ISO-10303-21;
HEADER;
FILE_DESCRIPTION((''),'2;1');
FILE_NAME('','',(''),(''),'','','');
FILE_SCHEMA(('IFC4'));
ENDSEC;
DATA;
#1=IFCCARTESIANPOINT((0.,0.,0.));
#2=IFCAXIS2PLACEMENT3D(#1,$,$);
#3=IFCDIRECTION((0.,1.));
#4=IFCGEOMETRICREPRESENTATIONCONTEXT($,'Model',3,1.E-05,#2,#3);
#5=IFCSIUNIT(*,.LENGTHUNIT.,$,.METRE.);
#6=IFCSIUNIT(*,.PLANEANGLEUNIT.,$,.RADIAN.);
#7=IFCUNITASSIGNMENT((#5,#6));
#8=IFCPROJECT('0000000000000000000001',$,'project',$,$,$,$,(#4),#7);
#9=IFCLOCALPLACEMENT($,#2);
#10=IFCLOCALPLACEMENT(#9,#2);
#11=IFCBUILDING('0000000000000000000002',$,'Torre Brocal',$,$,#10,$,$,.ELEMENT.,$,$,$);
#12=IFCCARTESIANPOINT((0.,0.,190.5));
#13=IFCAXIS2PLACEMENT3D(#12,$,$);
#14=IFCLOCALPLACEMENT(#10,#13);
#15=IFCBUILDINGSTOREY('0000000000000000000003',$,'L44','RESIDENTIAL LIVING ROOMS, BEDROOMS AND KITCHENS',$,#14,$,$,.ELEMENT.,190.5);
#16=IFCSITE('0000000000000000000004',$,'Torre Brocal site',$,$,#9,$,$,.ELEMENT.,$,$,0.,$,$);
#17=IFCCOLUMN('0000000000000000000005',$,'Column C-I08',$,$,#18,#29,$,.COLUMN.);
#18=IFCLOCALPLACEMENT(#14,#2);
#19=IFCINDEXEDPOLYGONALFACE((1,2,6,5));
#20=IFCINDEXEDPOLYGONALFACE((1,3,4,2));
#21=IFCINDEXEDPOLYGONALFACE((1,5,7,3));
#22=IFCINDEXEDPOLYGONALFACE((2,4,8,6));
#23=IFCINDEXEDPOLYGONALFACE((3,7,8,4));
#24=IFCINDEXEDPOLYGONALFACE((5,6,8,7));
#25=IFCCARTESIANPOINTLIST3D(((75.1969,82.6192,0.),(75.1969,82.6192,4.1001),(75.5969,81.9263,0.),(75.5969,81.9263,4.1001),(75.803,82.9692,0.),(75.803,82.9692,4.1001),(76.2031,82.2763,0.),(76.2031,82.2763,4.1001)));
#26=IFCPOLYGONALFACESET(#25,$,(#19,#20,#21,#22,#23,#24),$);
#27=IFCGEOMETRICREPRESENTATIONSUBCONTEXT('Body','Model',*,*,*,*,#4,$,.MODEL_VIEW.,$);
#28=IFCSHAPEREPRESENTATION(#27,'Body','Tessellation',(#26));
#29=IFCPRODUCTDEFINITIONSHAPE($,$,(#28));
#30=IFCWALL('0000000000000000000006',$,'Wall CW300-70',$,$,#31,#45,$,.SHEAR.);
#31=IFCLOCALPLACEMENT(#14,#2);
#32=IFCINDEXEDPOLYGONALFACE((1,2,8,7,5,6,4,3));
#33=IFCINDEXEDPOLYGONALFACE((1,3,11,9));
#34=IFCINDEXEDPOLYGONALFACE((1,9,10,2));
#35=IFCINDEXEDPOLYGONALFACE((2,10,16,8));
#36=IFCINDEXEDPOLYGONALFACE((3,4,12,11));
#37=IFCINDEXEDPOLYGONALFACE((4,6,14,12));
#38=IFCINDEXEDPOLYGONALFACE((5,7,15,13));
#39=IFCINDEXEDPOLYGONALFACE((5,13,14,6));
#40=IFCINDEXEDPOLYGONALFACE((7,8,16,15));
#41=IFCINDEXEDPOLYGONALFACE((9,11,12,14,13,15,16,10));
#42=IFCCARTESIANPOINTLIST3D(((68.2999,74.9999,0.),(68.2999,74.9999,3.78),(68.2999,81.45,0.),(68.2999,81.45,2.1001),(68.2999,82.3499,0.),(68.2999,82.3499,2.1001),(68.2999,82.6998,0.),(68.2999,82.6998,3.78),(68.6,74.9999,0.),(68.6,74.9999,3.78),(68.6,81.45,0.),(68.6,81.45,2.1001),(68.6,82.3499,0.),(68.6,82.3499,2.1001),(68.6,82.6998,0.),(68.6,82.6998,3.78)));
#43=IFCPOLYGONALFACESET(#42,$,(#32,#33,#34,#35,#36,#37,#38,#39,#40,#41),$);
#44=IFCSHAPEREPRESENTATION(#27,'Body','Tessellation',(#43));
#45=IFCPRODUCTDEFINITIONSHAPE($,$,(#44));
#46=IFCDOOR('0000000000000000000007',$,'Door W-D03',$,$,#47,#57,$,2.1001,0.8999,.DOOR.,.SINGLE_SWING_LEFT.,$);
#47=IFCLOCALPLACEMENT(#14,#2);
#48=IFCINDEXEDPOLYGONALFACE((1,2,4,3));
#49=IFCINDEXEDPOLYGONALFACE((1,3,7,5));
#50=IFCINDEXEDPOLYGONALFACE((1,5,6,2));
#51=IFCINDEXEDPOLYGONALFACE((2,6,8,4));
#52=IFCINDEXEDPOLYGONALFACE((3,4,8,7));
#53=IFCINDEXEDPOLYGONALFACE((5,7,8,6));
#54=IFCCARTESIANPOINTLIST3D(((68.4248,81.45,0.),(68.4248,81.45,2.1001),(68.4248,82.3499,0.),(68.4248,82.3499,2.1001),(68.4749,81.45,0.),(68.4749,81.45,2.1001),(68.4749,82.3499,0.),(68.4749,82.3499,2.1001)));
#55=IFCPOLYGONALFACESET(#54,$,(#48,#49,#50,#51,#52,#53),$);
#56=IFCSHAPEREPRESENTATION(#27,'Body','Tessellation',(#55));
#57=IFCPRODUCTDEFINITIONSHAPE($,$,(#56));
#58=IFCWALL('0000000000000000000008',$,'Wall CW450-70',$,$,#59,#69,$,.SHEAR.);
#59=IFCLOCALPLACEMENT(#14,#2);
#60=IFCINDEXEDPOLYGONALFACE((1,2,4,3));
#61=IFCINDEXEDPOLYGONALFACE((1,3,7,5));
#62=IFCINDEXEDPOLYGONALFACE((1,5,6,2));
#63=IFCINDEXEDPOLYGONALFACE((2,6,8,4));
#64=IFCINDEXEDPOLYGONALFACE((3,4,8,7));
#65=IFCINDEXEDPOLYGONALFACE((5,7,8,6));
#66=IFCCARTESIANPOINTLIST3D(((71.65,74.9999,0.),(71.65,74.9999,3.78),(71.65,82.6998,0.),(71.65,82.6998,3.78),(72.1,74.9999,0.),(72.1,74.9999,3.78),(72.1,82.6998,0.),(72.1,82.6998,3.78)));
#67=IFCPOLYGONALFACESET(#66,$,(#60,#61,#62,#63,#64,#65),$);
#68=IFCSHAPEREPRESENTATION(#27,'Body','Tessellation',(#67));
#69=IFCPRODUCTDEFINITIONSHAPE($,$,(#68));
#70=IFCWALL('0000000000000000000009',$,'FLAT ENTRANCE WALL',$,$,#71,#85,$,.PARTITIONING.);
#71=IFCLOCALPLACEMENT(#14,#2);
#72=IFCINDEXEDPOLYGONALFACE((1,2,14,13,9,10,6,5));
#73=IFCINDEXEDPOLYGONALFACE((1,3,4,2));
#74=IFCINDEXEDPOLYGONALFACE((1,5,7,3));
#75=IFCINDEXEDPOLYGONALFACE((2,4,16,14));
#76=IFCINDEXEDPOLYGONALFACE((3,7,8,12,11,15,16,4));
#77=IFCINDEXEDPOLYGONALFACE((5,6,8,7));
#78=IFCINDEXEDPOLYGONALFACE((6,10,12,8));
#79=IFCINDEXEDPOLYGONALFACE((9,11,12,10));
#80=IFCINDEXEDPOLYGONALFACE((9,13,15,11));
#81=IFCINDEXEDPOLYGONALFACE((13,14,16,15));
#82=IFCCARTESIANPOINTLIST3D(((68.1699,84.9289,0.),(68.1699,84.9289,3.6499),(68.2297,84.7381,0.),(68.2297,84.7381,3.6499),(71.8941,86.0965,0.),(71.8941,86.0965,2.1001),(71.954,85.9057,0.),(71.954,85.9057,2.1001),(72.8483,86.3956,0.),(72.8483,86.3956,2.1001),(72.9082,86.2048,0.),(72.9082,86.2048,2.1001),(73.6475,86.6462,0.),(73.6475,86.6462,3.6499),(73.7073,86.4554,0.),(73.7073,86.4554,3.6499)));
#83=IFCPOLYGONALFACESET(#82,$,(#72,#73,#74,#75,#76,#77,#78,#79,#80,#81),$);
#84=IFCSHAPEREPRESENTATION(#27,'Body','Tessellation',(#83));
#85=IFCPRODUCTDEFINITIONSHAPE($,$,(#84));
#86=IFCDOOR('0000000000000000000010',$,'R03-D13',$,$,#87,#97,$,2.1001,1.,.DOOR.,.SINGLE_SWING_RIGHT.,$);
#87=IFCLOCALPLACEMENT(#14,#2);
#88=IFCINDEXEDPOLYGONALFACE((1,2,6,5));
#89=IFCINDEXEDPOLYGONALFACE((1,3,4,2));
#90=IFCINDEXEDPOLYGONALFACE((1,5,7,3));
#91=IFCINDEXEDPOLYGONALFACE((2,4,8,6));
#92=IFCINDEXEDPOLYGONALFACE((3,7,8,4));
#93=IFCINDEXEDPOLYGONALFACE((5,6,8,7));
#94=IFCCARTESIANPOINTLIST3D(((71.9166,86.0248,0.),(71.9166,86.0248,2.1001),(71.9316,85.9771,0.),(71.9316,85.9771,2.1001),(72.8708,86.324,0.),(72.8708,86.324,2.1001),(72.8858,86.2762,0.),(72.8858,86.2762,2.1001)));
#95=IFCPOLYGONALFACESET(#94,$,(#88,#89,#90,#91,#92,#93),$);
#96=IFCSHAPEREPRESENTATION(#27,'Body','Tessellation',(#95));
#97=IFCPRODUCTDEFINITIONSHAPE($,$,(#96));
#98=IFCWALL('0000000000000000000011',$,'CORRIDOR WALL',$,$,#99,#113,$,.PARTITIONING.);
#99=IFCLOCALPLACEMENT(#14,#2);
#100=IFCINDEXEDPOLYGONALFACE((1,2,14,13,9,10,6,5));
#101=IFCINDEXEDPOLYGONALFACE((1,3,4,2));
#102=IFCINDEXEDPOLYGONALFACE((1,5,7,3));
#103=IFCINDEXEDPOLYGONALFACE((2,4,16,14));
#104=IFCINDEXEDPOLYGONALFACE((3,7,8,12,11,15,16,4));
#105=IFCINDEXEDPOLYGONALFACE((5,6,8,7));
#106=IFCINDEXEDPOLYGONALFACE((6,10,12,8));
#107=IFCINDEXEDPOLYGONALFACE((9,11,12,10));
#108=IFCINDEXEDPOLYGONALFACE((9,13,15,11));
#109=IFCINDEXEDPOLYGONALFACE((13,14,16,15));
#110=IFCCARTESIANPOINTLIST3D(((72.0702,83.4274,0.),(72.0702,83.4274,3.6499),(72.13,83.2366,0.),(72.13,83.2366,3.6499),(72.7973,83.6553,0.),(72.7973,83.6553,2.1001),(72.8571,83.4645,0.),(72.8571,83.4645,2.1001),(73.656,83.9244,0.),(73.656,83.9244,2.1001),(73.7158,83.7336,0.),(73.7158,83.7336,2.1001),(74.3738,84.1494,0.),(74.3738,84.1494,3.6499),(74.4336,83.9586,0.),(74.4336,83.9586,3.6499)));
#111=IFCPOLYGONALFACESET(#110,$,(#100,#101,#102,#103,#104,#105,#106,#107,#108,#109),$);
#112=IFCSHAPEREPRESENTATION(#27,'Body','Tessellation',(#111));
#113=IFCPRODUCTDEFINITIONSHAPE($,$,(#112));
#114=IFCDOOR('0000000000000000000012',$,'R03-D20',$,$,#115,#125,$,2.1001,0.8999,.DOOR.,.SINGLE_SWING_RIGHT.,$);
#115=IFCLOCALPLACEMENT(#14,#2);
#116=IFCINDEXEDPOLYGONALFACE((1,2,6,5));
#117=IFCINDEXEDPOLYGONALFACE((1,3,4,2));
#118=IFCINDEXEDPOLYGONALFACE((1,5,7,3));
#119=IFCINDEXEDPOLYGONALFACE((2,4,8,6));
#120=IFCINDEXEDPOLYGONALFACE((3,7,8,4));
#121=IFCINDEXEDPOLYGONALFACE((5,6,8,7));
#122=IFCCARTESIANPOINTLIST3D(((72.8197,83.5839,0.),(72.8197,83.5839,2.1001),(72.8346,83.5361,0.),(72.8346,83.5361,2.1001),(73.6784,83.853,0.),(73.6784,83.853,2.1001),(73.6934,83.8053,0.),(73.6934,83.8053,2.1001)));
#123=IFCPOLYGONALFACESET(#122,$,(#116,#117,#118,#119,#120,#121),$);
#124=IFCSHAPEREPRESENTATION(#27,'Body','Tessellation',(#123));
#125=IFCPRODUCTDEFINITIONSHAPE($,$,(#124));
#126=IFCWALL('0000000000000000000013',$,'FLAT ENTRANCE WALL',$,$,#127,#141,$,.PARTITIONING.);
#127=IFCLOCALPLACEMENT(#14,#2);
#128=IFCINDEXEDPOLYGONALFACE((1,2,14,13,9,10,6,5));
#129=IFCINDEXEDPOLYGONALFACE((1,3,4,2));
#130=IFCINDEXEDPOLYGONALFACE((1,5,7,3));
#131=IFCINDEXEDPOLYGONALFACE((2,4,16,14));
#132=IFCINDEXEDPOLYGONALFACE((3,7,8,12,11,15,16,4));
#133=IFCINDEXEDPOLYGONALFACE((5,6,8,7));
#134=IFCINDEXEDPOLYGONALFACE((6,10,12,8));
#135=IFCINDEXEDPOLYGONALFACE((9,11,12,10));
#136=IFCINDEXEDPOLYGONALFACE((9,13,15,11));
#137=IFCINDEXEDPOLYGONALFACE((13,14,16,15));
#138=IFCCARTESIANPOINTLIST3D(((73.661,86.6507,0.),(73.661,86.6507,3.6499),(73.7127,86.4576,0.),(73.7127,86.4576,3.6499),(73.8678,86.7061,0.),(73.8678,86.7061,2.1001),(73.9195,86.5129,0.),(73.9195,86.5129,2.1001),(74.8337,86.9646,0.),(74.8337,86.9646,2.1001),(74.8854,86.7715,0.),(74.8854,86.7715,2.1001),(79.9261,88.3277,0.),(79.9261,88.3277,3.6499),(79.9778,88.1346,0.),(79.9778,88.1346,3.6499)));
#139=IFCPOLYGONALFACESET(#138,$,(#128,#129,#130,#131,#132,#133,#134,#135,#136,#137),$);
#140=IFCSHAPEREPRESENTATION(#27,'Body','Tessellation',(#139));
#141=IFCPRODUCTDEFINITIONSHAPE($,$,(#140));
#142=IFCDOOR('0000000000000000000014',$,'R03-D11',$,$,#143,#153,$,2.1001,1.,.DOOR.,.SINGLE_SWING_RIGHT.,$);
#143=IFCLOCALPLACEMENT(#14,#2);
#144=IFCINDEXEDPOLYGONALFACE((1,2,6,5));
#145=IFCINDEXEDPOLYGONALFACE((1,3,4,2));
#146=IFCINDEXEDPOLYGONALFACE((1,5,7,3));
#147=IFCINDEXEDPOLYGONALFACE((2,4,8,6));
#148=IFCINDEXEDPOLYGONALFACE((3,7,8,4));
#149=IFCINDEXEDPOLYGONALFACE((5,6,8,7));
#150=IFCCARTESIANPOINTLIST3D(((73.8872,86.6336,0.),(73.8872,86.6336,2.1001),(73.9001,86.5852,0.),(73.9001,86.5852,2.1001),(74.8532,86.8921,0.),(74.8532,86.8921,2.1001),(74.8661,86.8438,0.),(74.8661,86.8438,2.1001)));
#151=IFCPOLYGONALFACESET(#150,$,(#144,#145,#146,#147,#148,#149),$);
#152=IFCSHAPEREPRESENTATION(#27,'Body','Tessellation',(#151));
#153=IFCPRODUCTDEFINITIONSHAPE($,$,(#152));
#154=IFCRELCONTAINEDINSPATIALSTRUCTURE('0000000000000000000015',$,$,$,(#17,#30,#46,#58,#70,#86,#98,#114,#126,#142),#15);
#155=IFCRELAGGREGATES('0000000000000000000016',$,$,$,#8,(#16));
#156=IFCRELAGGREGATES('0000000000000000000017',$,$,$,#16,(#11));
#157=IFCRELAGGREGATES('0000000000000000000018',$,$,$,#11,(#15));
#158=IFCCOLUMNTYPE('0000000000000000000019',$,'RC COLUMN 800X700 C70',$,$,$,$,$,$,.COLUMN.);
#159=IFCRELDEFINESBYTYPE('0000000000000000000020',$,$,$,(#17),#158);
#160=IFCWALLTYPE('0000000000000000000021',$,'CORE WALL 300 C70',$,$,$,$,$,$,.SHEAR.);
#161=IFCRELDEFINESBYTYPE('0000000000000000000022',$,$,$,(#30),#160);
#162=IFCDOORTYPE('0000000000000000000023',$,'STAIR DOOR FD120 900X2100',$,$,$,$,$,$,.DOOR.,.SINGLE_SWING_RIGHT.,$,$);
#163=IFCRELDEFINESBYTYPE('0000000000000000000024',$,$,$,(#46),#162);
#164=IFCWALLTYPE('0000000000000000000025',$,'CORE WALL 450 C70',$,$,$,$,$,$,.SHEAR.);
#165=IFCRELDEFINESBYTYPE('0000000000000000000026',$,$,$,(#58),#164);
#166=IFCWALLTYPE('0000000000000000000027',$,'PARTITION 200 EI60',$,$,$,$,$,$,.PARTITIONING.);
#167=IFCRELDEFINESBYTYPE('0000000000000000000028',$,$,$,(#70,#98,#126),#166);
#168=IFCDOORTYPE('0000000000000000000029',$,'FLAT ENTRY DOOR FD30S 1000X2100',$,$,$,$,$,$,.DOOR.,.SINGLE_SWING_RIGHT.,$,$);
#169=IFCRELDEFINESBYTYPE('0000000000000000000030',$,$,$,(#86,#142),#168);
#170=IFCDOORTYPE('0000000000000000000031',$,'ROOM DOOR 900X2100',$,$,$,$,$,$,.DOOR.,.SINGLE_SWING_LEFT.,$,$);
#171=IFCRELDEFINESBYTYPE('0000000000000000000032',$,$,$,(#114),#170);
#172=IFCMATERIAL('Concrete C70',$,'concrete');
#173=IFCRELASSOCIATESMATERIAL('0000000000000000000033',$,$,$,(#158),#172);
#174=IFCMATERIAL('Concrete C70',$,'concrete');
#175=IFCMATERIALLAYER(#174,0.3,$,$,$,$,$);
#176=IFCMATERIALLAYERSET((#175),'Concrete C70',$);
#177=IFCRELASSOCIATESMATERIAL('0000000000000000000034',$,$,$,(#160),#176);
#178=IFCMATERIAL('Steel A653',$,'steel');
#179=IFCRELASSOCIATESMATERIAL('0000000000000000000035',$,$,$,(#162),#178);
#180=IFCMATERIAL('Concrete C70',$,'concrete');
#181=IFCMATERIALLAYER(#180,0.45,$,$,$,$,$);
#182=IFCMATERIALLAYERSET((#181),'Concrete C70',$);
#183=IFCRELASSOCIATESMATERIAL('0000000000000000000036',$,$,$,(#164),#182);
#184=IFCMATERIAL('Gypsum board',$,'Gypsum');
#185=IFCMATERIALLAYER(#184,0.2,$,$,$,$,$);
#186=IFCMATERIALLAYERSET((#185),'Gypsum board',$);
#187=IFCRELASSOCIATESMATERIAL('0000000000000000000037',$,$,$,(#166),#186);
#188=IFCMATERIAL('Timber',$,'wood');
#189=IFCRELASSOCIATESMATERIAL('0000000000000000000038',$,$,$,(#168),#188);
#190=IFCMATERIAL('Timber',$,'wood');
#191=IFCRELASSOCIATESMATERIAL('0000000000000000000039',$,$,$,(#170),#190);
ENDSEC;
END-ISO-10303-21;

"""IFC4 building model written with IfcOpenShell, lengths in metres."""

from ifc_helpers import new_model, si_unit, direction, frame, frame_2d, origin, origin_2d, place, context, subcontext, project, spatial, rectangle, extrude, material, layer, layer_set, material_profile, profile_set, type_object, element, fill, save


model = new_model("IFC4")

# Units and contexts
model_context = context("Model", 3, precision=1e-05, world=origin(), true_north=direction((0.0, 1.0)))
body_context = subcontext(model_context, "Body", "Model", "MODEL_VIEW")
ifc_project = project(units=[si_unit("LENGTHUNIT", "METRE"), si_unit("PLANEANGLEUNIT", "RADIAN")], contexts=[model_context])

# Site, building, storey
site_placement = place(None, origin())
site = spatial("IfcSite", under=ifc_project, at=site_placement, Name="Torre Brocal site", CompositionType="ELEMENT", RefElevation=0.0)
building_placement = place(site_placement, origin())
building = spatial("IfcBuilding", under=site, at=building_placement, Name="Torre Brocal", CompositionType="ELEMENT")
storey_placement = place(building_placement, frame((0.0, 0.0, 190.5)))
storey = spatial("IfcBuildingStorey", under=building, at=storey_placement, Name="L44", Description="RESIDENTIAL LIVING ROOMS, BEDROOMS AND KITCHENS", CompositionType="ELEMENT", Elevation=190.5)

# Column
ifc_material_1 = material(Name="Concrete C70", Category="concrete")
ifc_material_profile = material_profile(ifc_material_1, rectangle(XDim=0.8, YDim=0.7, at=origin_2d()), Name="RC 800X700")
ifc_profile_set = profile_set([ifc_material_profile], Name="Concrete C70")
column_type = type_object("IfcColumnType", Name="RC COLUMN 800X700 C70", PredefinedType="COLUMN", material=ifc_profile_set)
column_placement = place(storey_placement, frame((75.7, 82.4478, 0.0), z_axis=(0.0, 0.0, 1.0), x_axis=(-0.5, 0.866025, 0.0)))
element("IfcColumn", 1, at=column_placement, inside=storey, type_object=column_type, Name="Column C-I08", PredefinedType="COLUMN", context=body_context, shape_type="SweptSolid", body=[
    extrude(rectangle(XDim=0.8, YDim=0.7, at=origin_2d()), origin(), (0.0, 0.0, 1.0), 4.1001),
])

# Wall, opening, door
ifc_material_2 = material(Name="Concrete C70", Category="concrete")
ifc_layer_1 = layer(ifc_material_2, 0.3)
ifc_layer_set_1 = layer_set([ifc_layer_1], Name="Concrete C70")
wall_type_1 = type_object("IfcWallType", Name="CORE WALL 300 C70", PredefinedType="SHEAR", material=ifc_layer_set_1)
wall_1_placement = place(storey_placement, frame((68.45, 82.7, 0.0), z_axis=(0.0, 0.0, 1.0), x_axis=(0.0, -1.0, 0.0)))
wall_1 = element("IfcWall", 2, at=wall_1_placement, inside=storey, type_object=wall_type_1, Name="Wall CW300-70", PredefinedType="SHEAR", context=body_context, shape_type="SweptSolid", body=[
    extrude(rectangle(XDim=7.7, YDim=0.3, at=frame_2d((3.8501, 0.0))), origin(), (0.0, 0.0, 1.0), 3.78),
])
opening_1_placement = place(wall_1_placement, frame((0.3501, 0.0, 0.0)))
opening_1 = element("IfcOpeningElement", 3, at=opening_1_placement, cuts=wall_1, PredefinedType="OPENING", context=body_context, shape_type="SweptSolid", body=[
    extrude(rectangle(XDim=0.8999, YDim=2.1001, at=frame_2d((0.45, 1.05))), frame((0.0, 0.1599, 0.0), z_axis=(0.0, -1.0, 0.0), x_axis=(1.0, 0.0, 0.0)), (0.0, 0.0, 1.0), 0.3201),
])
ifc_material_3 = material(Name="Steel A653", Category="steel")
door_type_1 = type_object("IfcDoorType", Name="STAIR DOOR FD120 900X2100", OperationType="SINGLE_SWING_RIGHT", PredefinedType="DOOR", material=ifc_material_3)
door_1_placement = place(opening_1_placement, origin())
door_1 = element("IfcDoor", 4, at=door_1_placement, inside=storey, type_object=door_type_1, Name="Door W-D03", OperationType="SINGLE_SWING_LEFT", OverallHeight=2.1001, OverallWidth=0.8999, PredefinedType="DOOR", context=body_context, shape_type="SweptSolid", body=[
    extrude(rectangle(XDim=0.8999, YDim=2.1001, at=frame_2d((0.45, 1.05))), frame((0.0, 0.0249, 0.0), z_axis=(0.0, -1.0, 0.0), x_axis=(1.0, 0.0, 0.0)), (0.0, 0.0, 1.0), 0.05),
])
fill(opening_1, door_1)

# Wall
ifc_material_4 = material(Name="Concrete C70", Category="concrete")
ifc_layer_2 = layer(ifc_material_4, 0.45)
ifc_layer_set_2 = layer_set([ifc_layer_2], Name="Concrete C70")
wall_type_2 = type_object("IfcWallType", Name="CORE WALL 450 C70", PredefinedType="SHEAR", material=ifc_layer_set_2)
wall_2_placement = place(storey_placement, frame((71.875, 82.7, 0.0), z_axis=(0.0, 0.0, 1.0), x_axis=(0.0, -1.0, 0.0)))
element("IfcWall", 5, at=wall_2_placement, inside=storey, type_object=wall_type_2, Name="Wall CW450-70", PredefinedType="SHEAR", context=body_context, shape_type="SweptSolid", body=[
    extrude(rectangle(XDim=7.7, YDim=0.45, at=frame_2d((3.8501, 0.0))), origin(), (0.0, 0.0, 1.0), 3.78),
])

# Walls, openings, doors
ifc_material_5 = material(Name="Gypsum board", Category="Gypsum")
ifc_layer_3 = layer(ifc_material_5, 0.2)
ifc_layer_set_3 = layer_set([ifc_layer_3], Name="Gypsum board")
wall_type_3 = type_object("IfcWallType", Name="PARTITION 200 EI60", PredefinedType="PARTITIONING", material=ifc_layer_set_3)
wall_3_placement = place(storey_placement, frame((68.2, 84.8335, 0.0), z_axis=(0.0, 0.0, 1.0), x_axis=(0.954204, 0.299156, 0.0)))
wall_3 = element("IfcWall", 6, at=wall_3_placement, inside=storey, type_object=wall_type_3, Name="FLAT ENTRANCE WALL", PredefinedType="PARTITIONING", context=body_context, shape_type="SweptSolid", body=[
    extrude(rectangle(XDim=5.7405, YDim=0.2, at=frame_2d((2.8701, 0.0))), origin(), (0.0, 0.0, 1.0), 3.6499),
])
opening_2_placement = place(wall_3_placement, frame((3.9028, 0.0, 0.0)))
opening_2 = element("IfcOpeningElement", 7, at=opening_2_placement, cuts=wall_3, PredefinedType="OPENING", context=body_context, shape_type="SweptSolid", body=[
    extrude(rectangle(XDim=1.0, YDim=2.1001, at=frame_2d((0.5, 1.05))), frame((0.0, 0.1099, 0.0), z_axis=(0.0, -1.0, 0.0), x_axis=(1.0, 0.0, 0.0)), (0.0, 0.0, 1.0), 0.22),
])
ifc_material_6 = material(Name="Timber", Category="wood")
door_type_2 = type_object("IfcDoorType", Name="FLAT ENTRY DOOR FD30S 1000X2100", OperationType="SINGLE_SWING_RIGHT", PredefinedType="DOOR", material=ifc_material_6)
door_2_placement = place(opening_2_placement, origin())
door_2 = element("IfcDoor", 8, at=door_2_placement, inside=storey, type_object=door_type_2, Name="R03-D13", OperationType="SINGLE_SWING_RIGHT", OverallHeight=2.1001, OverallWidth=1.0, PredefinedType="DOOR", context=body_context, shape_type="SweptSolid", body=[
    extrude(rectangle(XDim=1.0, YDim=2.1001, at=frame_2d((0.5, 1.05))), frame((0.0, 0.0249, 0.0), z_axis=(0.0, -1.0, 0.0), x_axis=(1.0, 0.0, 0.0)), (0.0, 0.0, 1.0), 0.05),
])
fill(opening_2, door_2)
wall_4_placement = place(storey_placement, frame((72.1001, 83.332, 0.0), z_axis=(0.0, 0.0, 1.0), x_axis=(0.954233, 0.299064, 0.0)))
wall_4 = element("IfcWall", 9, at=wall_4_placement, inside=storey, type_object=wall_type_3, Name="CORRIDOR WALL", PredefinedType="PARTITIONING", context=body_context, shape_type="SweptSolid", body=[
    extrude(rectangle(XDim=2.4141, YDim=0.2, at=frame_2d((1.207, 0.0))), origin(), (0.0, 0.0, 1.0), 3.6499),
])
opening_3_placement = place(wall_4_placement, frame((0.762, 0.0, 0.0)))
opening_3 = element("IfcOpeningElement", 10, at=opening_3_placement, cuts=wall_4, PredefinedType="OPENING", context=body_context, shape_type="SweptSolid", body=[
    extrude(rectangle(XDim=0.8999, YDim=2.1001, at=frame_2d((0.45, 1.05))), frame((0.0, 0.1099, 0.0), z_axis=(0.0, -1.0, 0.0), x_axis=(1.0, 0.0, 0.0)), (0.0, 0.0, 1.0), 0.22),
])
ifc_material_7 = material(Name="Timber", Category="wood")
door_type_3 = type_object("IfcDoorType", Name="ROOM DOOR 900X2100", OperationType="SINGLE_SWING_LEFT", PredefinedType="DOOR", material=ifc_material_7)
door_3_placement = place(opening_3_placement, frame((0.8999, 0.0, 0.0), z_axis=(0.0, 0.0, 1.0), x_axis=(-1.0, 0.0, 0.0)))
door_3 = element("IfcDoor", 11, at=door_3_placement, inside=storey, type_object=door_type_3, Name="R03-D20", OperationType="SINGLE_SWING_RIGHT", OverallHeight=2.1001, OverallWidth=0.8999, PredefinedType="DOOR", context=body_context, shape_type="SweptSolid", body=[
    extrude(rectangle(XDim=0.8999, YDim=2.1001, at=frame_2d((0.45, 1.05))), frame((0.0, 0.0249, 0.0), z_axis=(0.0, -1.0, 0.0), x_axis=(1.0, 0.0, 0.0)), (0.0, 0.0, 1.0), 0.05),
])
fill(opening_3, door_3)
wall_5_placement = place(storey_placement, frame((73.687, 86.5542, 0.0), z_axis=(0.0, 0.0, 1.0), x_axis=(0.965993, 0.258569, 0.0)))
wall_5 = element("IfcWall", 12, at=wall_5_placement, inside=storey, type_object=wall_type_3, Name="FLAT ENTRANCE WALL", PredefinedType="PARTITIONING", context=body_context, shape_type="SweptSolid", body=[
    extrude(rectangle(XDim=6.4856, YDim=0.2, at=frame_2d((3.2427, 0.0))), origin(), (0.0, 0.0, 1.0), 3.6499),
])
opening_4_placement = place(wall_5_placement, frame((0.2139, 0.0, 0.0)))
opening_4 = element("IfcOpeningElement", 13, at=opening_4_placement, cuts=wall_5, PredefinedType="OPENING", context=body_context, shape_type="SweptSolid", body=[
    extrude(rectangle(XDim=1.0, YDim=2.1001, at=frame_2d((0.5, 1.05))), frame((0.0, 0.1099, 0.0), z_axis=(0.0, -1.0, 0.0), x_axis=(1.0, 0.0, 0.0)), (0.0, 0.0, 1.0), 0.22),
])
door_4_placement = place(opening_4_placement, origin())
door_4 = element("IfcDoor", 14, at=door_4_placement, inside=storey, type_object=door_type_2, Name="R03-D11", OperationType="SINGLE_SWING_RIGHT", OverallHeight=2.1001, OverallWidth=1.0, PredefinedType="DOOR", context=body_context, shape_type="SweptSolid", body=[
    extrude(rectangle(XDim=1.0, YDim=2.1001, at=frame_2d((0.5, 1.05))), frame((0.0, 0.0249, 0.0), z_axis=(0.0, -1.0, 0.0), x_axis=(1.0, 0.0, 0.0)), (0.0, 0.0, 1.0), 0.05),
])
fill(opening_4, door_4)

save(model, "model.ifc")
